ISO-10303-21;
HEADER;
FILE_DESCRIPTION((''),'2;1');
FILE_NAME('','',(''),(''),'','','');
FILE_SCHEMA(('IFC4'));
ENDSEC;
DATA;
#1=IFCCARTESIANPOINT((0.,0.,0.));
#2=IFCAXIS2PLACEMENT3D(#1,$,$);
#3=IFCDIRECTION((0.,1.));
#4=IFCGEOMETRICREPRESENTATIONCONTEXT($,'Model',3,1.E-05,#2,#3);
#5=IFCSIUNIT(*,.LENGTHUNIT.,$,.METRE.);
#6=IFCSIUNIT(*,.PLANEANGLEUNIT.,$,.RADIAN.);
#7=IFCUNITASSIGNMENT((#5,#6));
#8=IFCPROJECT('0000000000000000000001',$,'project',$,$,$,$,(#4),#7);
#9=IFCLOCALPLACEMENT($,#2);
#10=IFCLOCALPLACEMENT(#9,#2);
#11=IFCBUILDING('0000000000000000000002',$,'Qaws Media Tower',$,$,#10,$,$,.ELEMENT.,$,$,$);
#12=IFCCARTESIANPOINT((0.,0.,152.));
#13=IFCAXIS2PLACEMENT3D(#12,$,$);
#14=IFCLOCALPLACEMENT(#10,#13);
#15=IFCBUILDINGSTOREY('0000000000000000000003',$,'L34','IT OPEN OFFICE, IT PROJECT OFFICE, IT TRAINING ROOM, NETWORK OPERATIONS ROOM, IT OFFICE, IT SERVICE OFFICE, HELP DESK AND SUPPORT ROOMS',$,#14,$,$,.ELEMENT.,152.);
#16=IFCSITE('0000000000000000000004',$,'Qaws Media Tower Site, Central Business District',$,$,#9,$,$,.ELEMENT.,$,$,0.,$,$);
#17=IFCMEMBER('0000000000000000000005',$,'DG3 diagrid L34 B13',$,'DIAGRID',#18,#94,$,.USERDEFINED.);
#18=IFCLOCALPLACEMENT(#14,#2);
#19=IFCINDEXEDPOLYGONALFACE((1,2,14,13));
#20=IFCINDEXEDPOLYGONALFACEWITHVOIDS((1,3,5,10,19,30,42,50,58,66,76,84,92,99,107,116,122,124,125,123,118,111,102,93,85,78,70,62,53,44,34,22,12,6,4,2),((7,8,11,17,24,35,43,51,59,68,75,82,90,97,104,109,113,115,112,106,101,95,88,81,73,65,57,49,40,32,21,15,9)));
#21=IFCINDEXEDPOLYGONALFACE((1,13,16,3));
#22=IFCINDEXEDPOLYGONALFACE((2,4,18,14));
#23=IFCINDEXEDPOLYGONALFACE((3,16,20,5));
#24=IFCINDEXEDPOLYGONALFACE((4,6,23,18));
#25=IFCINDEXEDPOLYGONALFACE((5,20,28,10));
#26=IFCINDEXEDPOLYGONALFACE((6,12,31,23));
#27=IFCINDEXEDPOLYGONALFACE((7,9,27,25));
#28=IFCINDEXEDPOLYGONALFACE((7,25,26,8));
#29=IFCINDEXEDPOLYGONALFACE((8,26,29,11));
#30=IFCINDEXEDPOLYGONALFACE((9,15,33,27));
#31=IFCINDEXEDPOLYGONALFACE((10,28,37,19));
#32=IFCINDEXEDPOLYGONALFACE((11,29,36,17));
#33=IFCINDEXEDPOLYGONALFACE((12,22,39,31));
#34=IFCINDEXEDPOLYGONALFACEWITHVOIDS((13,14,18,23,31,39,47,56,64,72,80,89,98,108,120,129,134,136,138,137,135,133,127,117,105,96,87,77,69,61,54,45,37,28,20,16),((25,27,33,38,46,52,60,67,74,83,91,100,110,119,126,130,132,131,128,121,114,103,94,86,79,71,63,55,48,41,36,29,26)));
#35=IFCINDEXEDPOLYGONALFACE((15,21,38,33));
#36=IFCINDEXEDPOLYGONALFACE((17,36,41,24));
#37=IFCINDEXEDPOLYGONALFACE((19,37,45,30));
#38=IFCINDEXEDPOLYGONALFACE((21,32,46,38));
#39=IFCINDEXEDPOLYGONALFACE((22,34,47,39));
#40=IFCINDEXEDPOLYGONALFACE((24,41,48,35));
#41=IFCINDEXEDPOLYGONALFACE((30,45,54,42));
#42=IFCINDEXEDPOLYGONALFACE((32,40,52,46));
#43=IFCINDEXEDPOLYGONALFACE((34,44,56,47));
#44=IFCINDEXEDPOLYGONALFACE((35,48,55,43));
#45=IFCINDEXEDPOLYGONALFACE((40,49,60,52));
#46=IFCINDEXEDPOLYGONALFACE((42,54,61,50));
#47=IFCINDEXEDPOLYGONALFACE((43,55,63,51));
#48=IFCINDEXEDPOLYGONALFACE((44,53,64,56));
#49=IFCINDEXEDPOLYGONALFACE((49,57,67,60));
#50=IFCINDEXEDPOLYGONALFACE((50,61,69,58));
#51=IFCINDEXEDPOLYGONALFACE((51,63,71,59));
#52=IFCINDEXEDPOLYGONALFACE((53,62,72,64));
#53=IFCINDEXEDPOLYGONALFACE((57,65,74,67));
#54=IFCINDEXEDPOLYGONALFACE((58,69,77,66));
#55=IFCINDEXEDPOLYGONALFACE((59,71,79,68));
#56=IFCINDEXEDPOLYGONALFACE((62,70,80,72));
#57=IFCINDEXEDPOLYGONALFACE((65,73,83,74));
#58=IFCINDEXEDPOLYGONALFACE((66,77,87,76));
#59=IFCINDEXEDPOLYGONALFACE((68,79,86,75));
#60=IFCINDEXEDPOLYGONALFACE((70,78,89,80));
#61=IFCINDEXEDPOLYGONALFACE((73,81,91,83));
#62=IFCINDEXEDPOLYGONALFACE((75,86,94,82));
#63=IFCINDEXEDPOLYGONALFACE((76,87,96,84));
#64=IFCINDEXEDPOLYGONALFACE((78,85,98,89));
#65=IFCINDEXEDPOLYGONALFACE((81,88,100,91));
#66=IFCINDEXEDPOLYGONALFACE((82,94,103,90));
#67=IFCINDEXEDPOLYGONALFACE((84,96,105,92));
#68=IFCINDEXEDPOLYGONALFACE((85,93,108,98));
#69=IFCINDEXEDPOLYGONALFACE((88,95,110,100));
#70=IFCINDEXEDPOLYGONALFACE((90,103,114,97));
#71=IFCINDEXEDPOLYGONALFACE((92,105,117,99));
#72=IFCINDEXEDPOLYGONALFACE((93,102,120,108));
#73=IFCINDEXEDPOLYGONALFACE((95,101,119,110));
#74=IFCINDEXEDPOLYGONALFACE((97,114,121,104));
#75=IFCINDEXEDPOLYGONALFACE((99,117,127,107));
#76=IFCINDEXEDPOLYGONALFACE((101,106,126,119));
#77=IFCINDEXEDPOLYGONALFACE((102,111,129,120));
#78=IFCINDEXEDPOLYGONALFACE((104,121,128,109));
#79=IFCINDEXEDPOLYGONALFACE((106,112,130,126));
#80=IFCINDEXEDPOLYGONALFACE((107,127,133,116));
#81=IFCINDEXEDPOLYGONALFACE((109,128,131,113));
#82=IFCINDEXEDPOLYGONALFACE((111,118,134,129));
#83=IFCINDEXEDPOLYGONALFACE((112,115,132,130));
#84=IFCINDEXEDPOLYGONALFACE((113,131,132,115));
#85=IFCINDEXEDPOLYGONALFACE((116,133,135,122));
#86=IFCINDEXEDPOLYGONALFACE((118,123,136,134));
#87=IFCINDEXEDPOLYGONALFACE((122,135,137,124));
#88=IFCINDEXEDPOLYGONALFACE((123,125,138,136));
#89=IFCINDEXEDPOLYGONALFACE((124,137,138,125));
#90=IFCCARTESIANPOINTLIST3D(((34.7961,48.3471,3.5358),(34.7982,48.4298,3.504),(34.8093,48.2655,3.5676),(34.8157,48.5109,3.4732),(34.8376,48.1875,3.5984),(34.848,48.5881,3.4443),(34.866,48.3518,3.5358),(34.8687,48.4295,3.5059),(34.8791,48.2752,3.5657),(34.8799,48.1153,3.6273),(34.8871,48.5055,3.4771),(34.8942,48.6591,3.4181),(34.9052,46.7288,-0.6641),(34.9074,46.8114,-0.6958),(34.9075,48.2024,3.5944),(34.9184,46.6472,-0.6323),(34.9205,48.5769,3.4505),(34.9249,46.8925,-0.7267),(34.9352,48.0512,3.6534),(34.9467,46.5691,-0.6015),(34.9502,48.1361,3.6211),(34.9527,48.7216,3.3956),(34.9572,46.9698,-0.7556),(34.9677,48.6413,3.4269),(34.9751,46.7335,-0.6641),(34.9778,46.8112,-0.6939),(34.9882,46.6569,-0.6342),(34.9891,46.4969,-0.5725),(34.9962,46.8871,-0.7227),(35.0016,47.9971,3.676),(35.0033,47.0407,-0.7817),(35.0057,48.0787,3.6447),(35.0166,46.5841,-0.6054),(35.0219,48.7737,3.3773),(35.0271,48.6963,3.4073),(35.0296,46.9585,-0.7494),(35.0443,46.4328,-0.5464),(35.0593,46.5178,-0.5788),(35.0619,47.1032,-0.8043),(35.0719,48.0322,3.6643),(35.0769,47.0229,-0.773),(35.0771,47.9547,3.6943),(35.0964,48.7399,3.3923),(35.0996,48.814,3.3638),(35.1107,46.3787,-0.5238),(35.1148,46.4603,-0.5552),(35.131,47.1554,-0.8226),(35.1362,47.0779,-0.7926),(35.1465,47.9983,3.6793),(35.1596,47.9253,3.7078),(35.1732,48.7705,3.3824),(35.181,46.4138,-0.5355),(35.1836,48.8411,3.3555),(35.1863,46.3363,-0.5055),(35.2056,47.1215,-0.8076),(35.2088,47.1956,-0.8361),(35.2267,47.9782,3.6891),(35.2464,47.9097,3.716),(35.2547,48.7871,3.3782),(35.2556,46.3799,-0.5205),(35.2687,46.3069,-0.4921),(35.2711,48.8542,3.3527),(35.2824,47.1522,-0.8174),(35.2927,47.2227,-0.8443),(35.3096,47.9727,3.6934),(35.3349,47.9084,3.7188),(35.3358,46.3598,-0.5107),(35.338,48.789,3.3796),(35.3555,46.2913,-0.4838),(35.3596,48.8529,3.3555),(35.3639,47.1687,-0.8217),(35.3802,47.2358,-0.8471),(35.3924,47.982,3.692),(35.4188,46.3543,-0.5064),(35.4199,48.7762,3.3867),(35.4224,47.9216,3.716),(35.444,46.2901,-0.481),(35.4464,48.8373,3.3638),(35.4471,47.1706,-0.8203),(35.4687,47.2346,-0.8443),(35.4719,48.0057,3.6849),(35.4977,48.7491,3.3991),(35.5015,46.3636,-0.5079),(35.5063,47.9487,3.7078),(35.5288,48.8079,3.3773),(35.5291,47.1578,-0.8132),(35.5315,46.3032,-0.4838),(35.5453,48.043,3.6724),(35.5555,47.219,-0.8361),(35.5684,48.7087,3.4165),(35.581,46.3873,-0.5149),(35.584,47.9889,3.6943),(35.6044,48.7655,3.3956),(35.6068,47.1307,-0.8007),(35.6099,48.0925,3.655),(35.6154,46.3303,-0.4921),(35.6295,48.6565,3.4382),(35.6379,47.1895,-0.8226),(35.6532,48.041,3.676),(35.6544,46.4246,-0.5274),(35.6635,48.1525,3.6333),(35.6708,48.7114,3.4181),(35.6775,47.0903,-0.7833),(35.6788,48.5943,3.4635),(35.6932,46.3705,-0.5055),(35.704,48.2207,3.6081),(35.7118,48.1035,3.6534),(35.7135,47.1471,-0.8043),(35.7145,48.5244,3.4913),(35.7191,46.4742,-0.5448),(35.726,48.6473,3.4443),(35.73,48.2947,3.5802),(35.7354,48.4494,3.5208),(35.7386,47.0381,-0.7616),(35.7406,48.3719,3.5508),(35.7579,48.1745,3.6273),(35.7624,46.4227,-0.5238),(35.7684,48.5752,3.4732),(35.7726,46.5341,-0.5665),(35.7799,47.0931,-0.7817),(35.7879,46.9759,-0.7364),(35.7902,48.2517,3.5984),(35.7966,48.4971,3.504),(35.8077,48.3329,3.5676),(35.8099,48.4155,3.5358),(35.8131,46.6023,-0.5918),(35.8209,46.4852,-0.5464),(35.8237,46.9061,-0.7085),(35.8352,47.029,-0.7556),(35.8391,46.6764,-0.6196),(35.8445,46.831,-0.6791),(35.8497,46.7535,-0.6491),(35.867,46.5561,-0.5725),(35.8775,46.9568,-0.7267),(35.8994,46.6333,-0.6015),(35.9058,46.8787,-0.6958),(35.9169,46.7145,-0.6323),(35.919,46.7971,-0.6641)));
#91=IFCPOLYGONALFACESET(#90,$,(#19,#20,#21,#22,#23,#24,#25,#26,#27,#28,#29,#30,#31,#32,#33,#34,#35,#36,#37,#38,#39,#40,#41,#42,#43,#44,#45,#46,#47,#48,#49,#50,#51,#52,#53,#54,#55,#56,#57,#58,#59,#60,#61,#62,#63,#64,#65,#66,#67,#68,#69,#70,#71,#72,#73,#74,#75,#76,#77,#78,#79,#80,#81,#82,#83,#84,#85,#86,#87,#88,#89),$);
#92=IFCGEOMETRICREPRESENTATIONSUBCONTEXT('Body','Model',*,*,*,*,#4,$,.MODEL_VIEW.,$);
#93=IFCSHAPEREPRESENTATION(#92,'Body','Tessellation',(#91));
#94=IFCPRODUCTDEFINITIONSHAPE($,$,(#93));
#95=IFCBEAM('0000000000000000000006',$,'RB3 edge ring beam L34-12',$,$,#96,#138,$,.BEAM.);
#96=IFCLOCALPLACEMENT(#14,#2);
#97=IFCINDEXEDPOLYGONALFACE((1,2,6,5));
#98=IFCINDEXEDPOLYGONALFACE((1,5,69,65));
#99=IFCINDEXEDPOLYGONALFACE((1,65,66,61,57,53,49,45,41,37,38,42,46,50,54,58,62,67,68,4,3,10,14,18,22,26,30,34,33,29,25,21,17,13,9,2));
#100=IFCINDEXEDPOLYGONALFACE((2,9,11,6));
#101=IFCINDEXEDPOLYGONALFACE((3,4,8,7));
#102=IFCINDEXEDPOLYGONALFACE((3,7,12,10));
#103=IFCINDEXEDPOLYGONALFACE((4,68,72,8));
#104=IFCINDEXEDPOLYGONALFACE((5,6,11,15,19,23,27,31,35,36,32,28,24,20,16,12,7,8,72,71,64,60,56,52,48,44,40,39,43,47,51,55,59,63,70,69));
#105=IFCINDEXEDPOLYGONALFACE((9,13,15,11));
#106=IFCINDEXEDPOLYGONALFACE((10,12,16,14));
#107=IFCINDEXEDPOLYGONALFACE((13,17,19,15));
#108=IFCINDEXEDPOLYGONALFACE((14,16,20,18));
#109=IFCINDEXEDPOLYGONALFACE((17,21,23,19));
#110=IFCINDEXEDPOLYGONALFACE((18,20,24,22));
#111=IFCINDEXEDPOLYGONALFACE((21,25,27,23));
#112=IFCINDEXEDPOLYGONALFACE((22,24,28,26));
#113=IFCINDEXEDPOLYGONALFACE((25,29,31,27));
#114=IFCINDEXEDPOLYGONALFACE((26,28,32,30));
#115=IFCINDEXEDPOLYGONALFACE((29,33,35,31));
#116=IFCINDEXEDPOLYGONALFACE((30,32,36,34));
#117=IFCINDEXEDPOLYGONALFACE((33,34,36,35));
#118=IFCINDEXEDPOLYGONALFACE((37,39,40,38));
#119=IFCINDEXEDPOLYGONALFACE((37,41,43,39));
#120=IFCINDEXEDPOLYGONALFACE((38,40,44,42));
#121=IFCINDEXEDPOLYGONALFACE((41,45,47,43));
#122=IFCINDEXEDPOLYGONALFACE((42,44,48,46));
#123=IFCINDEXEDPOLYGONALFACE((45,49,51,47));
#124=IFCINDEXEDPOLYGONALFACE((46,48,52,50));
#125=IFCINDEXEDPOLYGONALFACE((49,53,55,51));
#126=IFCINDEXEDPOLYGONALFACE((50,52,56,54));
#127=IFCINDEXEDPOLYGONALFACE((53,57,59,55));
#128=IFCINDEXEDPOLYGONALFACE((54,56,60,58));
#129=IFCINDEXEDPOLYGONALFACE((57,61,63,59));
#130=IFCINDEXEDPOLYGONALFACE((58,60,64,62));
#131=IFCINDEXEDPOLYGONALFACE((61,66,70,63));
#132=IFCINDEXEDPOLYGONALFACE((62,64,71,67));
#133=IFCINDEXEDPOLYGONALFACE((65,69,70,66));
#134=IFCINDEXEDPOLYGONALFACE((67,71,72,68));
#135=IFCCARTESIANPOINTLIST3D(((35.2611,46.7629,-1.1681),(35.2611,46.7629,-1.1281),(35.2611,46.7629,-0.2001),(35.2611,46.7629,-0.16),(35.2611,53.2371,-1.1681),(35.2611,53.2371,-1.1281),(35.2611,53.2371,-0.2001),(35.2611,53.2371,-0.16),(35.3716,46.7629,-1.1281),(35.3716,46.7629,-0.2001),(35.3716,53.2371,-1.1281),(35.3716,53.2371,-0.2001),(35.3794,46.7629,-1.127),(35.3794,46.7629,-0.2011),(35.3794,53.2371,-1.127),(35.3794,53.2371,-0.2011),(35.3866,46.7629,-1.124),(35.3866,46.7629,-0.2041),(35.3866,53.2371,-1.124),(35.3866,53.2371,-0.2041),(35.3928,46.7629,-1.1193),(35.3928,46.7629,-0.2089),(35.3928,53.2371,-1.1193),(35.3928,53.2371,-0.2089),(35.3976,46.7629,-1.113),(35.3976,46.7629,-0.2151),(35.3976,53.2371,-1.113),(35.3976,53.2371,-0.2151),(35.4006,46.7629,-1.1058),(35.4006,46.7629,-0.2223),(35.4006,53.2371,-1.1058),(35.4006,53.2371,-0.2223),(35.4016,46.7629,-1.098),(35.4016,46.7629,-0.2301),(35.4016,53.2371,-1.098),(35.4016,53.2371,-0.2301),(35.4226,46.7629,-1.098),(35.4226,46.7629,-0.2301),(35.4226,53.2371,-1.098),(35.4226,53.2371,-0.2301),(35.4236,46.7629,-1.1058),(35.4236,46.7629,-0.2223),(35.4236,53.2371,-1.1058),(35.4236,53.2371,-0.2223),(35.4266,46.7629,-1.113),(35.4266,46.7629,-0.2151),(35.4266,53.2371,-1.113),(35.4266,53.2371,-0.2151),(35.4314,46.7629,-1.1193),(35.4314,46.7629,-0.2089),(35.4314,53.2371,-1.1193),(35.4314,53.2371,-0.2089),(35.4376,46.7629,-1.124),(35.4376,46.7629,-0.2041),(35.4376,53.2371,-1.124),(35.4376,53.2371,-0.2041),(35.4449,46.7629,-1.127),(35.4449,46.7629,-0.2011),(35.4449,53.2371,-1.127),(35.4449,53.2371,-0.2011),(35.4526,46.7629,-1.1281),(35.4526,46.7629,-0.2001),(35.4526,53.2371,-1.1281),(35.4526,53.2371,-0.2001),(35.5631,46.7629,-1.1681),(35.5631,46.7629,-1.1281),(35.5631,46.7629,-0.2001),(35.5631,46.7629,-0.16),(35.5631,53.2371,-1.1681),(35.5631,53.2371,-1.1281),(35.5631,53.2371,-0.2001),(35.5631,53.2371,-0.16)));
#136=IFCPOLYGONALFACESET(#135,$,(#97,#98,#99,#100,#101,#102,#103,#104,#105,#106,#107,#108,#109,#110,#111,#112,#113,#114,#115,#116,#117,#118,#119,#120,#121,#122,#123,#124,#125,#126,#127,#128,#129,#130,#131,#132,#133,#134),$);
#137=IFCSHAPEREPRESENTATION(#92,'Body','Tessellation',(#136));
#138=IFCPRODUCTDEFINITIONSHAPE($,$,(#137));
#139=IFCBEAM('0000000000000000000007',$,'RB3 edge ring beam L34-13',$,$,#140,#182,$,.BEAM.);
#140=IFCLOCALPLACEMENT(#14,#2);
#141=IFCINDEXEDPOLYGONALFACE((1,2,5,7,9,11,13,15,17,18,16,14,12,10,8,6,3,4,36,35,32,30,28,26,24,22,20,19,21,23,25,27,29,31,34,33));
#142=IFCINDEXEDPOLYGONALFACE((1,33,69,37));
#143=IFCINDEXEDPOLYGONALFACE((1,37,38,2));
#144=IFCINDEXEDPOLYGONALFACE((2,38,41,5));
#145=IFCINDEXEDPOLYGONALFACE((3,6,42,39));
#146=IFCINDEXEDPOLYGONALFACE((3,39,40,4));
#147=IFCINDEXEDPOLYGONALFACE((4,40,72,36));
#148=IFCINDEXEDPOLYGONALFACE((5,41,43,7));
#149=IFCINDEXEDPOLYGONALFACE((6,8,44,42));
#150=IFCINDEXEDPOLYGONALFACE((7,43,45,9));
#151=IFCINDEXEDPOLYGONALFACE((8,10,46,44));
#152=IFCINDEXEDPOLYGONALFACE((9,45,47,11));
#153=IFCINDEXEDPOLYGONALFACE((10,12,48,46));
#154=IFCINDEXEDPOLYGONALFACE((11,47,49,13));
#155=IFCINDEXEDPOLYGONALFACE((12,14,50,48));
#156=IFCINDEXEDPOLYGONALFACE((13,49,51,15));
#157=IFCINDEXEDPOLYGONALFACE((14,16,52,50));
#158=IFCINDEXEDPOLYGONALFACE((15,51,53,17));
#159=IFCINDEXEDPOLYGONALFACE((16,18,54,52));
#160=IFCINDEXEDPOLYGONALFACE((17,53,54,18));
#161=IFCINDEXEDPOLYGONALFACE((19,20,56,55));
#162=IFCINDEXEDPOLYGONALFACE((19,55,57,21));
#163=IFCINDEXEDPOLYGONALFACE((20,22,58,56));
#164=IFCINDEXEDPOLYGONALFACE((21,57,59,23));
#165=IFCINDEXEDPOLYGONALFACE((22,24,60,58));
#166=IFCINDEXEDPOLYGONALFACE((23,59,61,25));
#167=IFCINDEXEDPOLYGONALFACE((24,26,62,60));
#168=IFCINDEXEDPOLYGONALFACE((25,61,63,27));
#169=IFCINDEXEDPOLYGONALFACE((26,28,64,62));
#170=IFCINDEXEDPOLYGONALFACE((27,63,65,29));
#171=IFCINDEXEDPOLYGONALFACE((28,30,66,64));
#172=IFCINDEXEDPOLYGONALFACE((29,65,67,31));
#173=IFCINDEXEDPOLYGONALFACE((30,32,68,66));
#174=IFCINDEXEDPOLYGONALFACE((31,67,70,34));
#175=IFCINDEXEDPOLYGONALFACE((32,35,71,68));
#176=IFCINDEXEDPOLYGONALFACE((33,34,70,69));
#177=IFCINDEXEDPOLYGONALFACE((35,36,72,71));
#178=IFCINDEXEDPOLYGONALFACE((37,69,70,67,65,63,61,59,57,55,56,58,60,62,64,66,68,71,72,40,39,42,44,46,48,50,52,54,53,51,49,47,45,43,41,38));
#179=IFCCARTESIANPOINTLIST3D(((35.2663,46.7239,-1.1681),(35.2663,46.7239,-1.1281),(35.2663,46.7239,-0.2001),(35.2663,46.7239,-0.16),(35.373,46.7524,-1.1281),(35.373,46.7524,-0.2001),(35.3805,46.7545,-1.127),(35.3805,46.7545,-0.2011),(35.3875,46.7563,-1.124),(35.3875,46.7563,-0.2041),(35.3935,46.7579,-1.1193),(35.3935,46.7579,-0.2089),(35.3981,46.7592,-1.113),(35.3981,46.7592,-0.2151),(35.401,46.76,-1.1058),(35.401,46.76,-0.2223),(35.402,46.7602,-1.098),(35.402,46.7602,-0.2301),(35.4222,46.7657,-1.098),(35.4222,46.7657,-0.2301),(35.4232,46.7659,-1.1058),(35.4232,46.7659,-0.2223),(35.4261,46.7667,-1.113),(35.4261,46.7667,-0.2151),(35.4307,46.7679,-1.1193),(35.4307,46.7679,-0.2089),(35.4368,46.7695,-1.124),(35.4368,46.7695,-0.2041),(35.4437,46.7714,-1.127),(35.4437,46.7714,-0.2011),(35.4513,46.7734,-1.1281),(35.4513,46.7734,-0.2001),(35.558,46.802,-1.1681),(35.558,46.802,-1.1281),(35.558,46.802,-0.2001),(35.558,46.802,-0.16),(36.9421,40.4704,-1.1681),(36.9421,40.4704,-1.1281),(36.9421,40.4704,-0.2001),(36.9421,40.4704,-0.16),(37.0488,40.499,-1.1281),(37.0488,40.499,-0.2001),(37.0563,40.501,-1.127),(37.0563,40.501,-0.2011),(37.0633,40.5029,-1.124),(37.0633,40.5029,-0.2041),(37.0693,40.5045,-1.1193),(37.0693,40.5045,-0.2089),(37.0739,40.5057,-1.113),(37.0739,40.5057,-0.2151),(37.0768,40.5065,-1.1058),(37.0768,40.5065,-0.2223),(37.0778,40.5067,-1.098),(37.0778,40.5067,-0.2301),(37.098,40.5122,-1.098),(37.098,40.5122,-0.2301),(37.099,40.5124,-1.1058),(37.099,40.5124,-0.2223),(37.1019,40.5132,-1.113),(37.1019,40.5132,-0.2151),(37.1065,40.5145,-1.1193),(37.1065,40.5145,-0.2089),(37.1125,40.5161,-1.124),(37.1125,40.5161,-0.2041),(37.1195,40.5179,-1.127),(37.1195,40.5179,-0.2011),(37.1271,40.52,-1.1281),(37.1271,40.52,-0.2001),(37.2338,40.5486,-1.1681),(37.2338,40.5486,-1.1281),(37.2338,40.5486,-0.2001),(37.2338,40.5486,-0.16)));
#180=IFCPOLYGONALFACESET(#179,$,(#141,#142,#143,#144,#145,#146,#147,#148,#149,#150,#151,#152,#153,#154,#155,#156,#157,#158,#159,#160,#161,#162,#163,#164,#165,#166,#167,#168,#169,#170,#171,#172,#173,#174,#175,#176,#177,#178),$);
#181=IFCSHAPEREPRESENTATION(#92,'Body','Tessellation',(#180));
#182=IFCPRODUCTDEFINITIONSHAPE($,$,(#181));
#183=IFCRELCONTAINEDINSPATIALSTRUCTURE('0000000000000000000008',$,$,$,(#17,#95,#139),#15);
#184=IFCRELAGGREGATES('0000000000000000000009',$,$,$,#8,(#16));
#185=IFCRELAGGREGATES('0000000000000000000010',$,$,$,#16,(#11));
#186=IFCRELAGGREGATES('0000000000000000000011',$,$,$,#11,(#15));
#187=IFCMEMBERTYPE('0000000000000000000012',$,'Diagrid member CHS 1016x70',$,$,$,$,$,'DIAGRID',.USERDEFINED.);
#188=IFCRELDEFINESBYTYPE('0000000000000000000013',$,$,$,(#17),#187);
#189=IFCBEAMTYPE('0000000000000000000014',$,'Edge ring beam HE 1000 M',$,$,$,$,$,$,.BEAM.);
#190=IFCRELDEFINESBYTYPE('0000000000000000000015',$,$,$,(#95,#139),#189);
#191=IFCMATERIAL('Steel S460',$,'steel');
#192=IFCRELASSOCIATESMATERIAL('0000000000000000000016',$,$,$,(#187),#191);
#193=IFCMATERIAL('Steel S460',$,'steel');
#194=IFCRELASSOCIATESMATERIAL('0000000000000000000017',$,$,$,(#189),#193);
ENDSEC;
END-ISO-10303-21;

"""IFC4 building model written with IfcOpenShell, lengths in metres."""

from ifc_helpers import new_model, si_unit, direction, frame, origin, origin_2d, place, context, subcontext, project, spatial, hollow_circle, i_section, extrude, material, material_profile, profile_set, type_object, element, save


model = new_model("IFC4")

# Units and contexts
model_context = context("Model", 3, precision=1e-05, world=origin(), true_north=direction((0.0, 1.0)))
body_context = subcontext(model_context, "Body", "Model", "MODEL_VIEW")
ifc_project = project(units=[si_unit("LENGTHUNIT", "METRE"), si_unit("PLANEANGLEUNIT", "RADIAN")], contexts=[model_context])

# Site, building, storey
site_placement = place(None, origin())
site = spatial("IfcSite", under=ifc_project, at=site_placement, Name="Qaws Media Tower Site, Central Business District", CompositionType="ELEMENT", RefElevation=0.0)
building_placement = place(site_placement, origin())
building = spatial("IfcBuilding", under=site, at=building_placement, Name="Qaws Media Tower", CompositionType="ELEMENT")
storey_placement = place(building_placement, frame((0.0, 0.0, 152.0)))
storey = spatial("IfcBuildingStorey", under=building, at=storey_placement, Name="L34", Description="IT OPEN OFFICE, IT PROJECT OFFICE, IT TRAINING ROOM, NETWORK OPERATIONS ROOM, IT OFFICE, IT SERVICE OFFICE, HELP DESK AND SUPPORT ROOMS", CompositionType="ELEMENT", Elevation=152.0)

# Member
ifc_material_1 = material(Name="Steel S460", Category="steel")
ifc_material_profile_1 = material_profile(ifc_material_1, hollow_circle(Radius=0.5081, WallThickness=0.0701, at=origin_2d()), Name="CHS 1016x70")
ifc_profile_set_1 = profile_set([ifc_material_profile_1], Name="Steel S460")
member_type_1 = type_object("IfcMemberType", Name="Diagrid member CHS 1016x70", ElementType="DIAGRID", PredefinedType="USERDEFINED", material=ifc_profile_set_1)
for number, where, z_axis, x_axis, name in (
    (1, (35.4121, 46.7629, -0.6641), (-0.024239, 0.359462, 0.932845), (-0.997734, -0.067278, 0.0), "DG3 diagrid L34 B13"),
):
    element("IfcMember", number, at=place(storey_placement, frame(where, z_axis=z_axis, x_axis=x_axis)), inside=storey, type_object=member_type_1, Name=name, ObjectType="DIAGRID", PredefinedType="USERDEFINED", context=body_context, shape_type="SweptSolid", body=[
        extrude(hollow_circle(Radius=0.5081, WallThickness=0.0701, at=origin_2d()), origin(), (0.0, 0.0, 1.0), 4.5022),
    ])

# Beams
ifc_material_2 = material(Name="Steel S460", Category="steel")
ifc_material_profile_2 = material_profile(ifc_material_2, i_section(OverallWidth=0.302, OverallDepth=1.0081, WebThickness=0.021, FlangeThickness=0.04, FilletRadius=0.03, at=origin_2d()), Name="HE 1000 M")
ifc_profile_set_2 = profile_set([ifc_material_profile_2], Name="Steel S460")
beam_type_1 = type_object("IfcBeamType", Name="Edge ring beam HE 1000 M", PredefinedType="BEAM", material=ifc_profile_set_2)
for number, where, z_axis, x_axis, name in (
    (2, (35.4121, 53.2371, -0.6641), (0.0, -1.0, 0.0), (1.0, 0.0, 0.0), "RB3 edge ring beam L34-12"),
    (3, (35.4121, 46.7629, -0.6641), (0.258845, -0.965919, 0.0), (0.965919, 0.258845, 0.0), "RB3 edge ring beam L34-13"),
):
    element("IfcBeam", number, at=place(storey_placement, frame(where, z_axis=z_axis, x_axis=x_axis)), inside=storey, type_object=beam_type_1, Name=name, PredefinedType="BEAM", context=body_context, shape_type="SweptSolid", body=[
        extrude(i_section(OverallWidth=0.302, OverallDepth=1.0081, WebThickness=0.021, FlangeThickness=0.04, FilletRadius=0.03, at=origin_2d()), origin(), (0.0, 0.0, 1.0), 6.4741),
    ])

save(model, "model.ifc")
